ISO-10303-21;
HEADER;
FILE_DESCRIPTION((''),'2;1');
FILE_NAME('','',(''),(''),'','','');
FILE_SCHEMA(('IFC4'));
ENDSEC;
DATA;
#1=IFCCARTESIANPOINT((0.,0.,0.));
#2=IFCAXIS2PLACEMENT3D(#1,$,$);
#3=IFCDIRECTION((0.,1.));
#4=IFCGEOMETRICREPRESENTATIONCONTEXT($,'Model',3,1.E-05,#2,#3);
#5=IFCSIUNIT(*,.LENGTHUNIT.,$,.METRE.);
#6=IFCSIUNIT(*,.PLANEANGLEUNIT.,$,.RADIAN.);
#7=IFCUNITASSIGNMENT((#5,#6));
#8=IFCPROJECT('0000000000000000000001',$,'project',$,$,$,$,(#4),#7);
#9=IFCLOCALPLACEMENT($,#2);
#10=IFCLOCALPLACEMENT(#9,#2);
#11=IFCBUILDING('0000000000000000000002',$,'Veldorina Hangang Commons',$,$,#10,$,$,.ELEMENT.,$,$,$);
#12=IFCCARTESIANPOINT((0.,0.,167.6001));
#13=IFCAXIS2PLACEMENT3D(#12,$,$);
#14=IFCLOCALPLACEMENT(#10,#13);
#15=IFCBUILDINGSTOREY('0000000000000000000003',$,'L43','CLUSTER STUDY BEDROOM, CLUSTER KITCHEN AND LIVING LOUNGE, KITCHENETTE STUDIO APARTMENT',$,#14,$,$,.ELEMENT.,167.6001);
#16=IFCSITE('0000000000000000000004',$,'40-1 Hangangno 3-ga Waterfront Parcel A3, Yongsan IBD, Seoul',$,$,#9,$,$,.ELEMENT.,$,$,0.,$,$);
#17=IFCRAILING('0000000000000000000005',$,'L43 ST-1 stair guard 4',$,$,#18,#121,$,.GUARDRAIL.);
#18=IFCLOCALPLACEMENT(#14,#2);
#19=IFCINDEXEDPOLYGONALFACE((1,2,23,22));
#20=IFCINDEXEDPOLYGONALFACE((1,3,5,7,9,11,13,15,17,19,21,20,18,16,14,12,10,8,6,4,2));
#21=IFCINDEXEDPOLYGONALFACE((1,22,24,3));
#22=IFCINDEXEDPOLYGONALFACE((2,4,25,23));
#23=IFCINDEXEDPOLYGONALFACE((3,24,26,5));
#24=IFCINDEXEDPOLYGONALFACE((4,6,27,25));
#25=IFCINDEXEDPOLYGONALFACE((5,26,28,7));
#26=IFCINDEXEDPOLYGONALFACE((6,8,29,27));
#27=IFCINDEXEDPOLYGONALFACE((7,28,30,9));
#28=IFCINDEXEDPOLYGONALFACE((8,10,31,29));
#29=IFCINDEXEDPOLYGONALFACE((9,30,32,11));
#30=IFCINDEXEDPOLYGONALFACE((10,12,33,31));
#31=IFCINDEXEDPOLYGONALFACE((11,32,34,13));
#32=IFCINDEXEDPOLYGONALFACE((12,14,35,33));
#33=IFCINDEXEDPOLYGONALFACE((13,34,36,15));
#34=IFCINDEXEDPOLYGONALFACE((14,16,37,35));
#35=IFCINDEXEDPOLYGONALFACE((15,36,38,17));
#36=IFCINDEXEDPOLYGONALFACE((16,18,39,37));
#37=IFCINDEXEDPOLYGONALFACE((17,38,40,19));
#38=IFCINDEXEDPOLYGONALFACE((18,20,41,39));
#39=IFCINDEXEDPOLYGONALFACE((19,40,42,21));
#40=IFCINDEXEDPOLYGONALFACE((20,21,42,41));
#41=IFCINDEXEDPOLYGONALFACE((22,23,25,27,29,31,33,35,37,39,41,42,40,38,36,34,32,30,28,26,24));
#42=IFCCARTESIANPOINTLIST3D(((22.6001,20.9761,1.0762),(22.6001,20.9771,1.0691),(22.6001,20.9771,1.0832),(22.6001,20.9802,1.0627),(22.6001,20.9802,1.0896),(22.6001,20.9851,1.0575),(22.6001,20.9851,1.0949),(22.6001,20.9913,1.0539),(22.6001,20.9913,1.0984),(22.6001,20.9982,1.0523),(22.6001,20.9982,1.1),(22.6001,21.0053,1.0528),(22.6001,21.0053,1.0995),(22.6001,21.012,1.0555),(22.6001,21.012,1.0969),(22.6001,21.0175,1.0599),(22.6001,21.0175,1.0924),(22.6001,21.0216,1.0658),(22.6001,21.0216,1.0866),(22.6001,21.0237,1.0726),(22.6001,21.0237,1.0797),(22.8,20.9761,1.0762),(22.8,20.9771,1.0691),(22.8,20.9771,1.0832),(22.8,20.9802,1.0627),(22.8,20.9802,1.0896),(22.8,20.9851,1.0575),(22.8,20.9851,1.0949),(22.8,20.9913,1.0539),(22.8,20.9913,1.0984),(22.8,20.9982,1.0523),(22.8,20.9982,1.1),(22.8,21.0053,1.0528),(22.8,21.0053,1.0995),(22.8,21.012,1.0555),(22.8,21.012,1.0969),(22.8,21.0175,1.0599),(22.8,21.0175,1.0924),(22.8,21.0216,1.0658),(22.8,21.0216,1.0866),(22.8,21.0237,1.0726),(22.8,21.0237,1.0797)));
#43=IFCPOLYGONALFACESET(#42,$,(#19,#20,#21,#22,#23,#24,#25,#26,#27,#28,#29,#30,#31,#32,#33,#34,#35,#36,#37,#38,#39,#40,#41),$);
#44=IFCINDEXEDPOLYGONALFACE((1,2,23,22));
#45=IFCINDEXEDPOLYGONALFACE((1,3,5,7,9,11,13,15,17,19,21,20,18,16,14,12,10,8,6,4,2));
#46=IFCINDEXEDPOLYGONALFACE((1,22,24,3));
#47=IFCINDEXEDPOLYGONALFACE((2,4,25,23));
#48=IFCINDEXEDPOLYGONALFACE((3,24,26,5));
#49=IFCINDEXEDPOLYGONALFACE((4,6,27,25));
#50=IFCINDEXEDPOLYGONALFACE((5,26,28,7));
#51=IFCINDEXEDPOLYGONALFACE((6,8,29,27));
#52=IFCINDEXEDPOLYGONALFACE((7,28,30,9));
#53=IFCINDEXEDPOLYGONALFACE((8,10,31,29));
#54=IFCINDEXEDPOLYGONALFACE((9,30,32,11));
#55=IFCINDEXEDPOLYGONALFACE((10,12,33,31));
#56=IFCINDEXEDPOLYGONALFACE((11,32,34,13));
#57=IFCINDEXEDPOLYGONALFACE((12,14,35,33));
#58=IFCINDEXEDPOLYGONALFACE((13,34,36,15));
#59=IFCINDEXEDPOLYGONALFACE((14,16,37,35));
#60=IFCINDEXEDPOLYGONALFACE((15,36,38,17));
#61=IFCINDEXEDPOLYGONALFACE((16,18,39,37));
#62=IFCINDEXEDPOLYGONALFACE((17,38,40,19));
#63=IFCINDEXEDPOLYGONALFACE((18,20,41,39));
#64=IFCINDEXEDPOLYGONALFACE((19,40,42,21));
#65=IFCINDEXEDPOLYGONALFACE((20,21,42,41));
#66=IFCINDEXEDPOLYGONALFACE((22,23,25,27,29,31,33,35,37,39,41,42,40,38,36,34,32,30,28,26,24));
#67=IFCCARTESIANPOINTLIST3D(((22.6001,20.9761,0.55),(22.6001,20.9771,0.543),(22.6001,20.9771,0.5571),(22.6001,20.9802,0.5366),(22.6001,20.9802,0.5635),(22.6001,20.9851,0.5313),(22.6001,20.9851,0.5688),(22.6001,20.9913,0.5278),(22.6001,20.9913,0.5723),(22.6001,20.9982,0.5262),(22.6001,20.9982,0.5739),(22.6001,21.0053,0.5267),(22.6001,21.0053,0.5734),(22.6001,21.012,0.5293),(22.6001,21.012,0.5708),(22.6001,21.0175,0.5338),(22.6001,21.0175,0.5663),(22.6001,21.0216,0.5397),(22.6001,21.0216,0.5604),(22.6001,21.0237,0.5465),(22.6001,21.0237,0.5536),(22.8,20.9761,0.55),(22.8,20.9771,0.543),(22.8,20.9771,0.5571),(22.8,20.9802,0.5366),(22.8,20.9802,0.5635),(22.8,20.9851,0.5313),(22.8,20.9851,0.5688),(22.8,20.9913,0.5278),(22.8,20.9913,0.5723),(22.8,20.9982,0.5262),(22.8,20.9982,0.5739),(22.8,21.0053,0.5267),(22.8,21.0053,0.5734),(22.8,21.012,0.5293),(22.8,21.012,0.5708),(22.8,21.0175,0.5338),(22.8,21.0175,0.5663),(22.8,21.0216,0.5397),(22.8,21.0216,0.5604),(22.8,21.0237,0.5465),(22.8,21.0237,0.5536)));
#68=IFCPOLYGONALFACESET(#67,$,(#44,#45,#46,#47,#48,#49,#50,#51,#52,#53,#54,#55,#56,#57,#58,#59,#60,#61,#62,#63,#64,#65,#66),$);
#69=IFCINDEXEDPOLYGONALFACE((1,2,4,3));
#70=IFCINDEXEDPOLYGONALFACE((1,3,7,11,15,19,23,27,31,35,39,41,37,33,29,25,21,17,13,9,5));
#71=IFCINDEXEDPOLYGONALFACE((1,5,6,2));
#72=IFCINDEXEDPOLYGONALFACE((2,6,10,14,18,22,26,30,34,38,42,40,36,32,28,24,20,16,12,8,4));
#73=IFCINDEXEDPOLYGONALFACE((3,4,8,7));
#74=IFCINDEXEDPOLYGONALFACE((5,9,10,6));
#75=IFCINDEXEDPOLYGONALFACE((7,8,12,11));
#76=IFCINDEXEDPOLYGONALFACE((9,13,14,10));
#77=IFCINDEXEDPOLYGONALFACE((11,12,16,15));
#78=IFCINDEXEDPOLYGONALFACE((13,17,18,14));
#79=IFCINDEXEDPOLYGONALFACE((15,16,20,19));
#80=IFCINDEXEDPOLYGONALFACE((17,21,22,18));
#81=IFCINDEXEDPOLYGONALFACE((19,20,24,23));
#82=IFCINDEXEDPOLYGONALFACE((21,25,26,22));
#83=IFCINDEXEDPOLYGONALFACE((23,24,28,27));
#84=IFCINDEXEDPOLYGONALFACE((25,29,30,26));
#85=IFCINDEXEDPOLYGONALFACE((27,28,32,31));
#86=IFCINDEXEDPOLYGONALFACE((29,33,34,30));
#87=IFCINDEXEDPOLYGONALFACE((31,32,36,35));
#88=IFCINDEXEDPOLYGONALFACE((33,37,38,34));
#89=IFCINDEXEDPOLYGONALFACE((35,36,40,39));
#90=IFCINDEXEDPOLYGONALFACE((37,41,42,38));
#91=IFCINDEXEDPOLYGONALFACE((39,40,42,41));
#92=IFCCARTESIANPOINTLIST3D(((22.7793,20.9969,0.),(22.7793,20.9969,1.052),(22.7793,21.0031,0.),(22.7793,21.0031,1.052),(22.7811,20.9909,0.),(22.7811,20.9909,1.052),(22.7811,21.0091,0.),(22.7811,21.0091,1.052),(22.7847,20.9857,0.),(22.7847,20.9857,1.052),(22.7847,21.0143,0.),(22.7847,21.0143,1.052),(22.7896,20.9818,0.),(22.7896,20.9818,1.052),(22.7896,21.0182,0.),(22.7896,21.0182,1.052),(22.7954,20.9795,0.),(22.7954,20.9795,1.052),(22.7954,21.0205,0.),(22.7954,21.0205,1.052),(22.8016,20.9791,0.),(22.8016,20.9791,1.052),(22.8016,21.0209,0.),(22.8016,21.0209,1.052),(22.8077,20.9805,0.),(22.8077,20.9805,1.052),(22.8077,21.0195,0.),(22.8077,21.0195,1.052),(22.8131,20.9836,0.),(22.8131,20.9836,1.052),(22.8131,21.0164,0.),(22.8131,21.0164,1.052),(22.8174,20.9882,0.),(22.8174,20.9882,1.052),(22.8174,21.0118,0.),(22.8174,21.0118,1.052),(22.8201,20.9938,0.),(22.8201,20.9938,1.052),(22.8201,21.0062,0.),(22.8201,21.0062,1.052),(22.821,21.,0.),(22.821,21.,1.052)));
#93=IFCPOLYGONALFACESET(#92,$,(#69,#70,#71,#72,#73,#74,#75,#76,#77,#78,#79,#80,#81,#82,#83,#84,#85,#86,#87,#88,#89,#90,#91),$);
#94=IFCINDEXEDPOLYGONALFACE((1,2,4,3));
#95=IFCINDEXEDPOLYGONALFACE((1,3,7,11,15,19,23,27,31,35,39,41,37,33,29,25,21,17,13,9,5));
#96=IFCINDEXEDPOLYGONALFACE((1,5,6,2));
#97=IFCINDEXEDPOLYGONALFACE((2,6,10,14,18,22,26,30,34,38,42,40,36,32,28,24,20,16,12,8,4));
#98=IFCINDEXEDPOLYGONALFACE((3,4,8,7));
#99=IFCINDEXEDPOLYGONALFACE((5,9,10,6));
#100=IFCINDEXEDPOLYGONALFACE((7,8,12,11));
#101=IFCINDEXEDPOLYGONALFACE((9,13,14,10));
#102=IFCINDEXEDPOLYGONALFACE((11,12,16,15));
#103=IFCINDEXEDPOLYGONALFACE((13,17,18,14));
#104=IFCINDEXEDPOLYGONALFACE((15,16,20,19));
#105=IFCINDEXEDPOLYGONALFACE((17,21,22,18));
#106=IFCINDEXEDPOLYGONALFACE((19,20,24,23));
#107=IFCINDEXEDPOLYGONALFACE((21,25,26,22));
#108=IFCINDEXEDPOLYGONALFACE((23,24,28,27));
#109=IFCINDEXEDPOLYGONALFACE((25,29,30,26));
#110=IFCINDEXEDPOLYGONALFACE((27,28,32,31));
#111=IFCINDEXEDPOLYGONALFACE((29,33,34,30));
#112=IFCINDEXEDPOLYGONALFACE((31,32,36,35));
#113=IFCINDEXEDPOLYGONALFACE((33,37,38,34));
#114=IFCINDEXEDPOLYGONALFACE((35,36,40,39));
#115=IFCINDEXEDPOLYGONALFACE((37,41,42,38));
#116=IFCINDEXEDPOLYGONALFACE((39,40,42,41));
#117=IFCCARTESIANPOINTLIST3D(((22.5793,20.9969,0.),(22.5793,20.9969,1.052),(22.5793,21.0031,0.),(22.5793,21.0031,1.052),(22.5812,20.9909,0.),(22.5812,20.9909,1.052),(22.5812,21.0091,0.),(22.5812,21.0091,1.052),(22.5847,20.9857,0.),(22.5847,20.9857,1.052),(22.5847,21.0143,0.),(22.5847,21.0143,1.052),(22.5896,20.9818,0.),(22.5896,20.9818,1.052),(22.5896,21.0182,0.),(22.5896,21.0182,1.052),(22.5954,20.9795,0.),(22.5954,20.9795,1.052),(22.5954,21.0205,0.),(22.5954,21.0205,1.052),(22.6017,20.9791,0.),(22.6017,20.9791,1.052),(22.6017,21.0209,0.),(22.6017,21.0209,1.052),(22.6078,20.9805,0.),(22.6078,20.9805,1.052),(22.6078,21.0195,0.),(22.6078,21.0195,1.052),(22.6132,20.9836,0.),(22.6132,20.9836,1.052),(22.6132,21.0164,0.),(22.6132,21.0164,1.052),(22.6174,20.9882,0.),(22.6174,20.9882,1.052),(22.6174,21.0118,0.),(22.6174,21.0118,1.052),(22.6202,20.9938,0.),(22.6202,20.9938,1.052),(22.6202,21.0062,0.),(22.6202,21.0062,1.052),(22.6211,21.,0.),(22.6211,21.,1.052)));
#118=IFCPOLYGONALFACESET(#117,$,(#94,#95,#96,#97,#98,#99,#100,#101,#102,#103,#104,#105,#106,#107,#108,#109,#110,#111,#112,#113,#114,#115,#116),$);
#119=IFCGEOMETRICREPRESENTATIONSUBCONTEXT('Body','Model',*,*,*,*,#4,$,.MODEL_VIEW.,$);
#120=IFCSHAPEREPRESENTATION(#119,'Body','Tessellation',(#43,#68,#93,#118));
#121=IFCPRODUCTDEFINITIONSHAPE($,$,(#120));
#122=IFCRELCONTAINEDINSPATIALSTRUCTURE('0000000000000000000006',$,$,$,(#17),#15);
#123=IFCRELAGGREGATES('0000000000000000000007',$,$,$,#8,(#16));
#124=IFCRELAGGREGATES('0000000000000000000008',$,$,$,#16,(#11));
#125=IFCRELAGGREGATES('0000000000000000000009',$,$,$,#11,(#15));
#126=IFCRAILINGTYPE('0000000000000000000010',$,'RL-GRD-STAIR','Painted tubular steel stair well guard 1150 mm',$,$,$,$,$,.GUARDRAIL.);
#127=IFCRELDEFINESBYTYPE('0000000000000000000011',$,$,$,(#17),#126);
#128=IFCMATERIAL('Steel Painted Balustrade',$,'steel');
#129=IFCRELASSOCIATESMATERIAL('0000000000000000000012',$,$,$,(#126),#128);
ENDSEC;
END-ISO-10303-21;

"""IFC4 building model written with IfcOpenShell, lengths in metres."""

from ifc_helpers import new_model, si_unit, direction, frame, origin, origin_2d, place, context, subcontext, project, spatial, circle, extrude, material, type_object, element, save


model = new_model("IFC4")

# Units and contexts
model_context = context("Model", 3, precision=1e-05, world=origin(), true_north=direction((0.0, 1.0)))
body_context = subcontext(model_context, "Body", "Model", "MODEL_VIEW")
ifc_project = project(units=[si_unit("LENGTHUNIT", "METRE"), si_unit("PLANEANGLEUNIT", "RADIAN")], contexts=[model_context])

# Site, building, storey
site_placement = place(None, origin())
site = spatial("IfcSite", under=ifc_project, at=site_placement, Name="40-1 Hangangno 3-ga Waterfront Parcel A3, Yongsan IBD, Seoul", CompositionType="ELEMENT", RefElevation=0.0)
building_placement = place(site_placement, origin())
building = spatial("IfcBuilding", under=site, at=building_placement, Name="Veldorina Hangang Commons", CompositionType="ELEMENT")
storey_placement = place(building_placement, frame((0.0, 0.0, 167.6001)))
storey = spatial("IfcBuildingStorey", under=building, at=storey_placement, Name="L43", Description="CLUSTER STUDY BEDROOM, CLUSTER KITCHEN AND LIVING LOUNGE, KITCHENETTE STUDIO APARTMENT", CompositionType="ELEMENT", Elevation=167.6001)

# Railing
ifc_material_1 = material(Name="Steel Painted Balustrade", Category="steel")
railing_type_1 = type_object("IfcRailingType", Name="RL-GRD-STAIR", Description="Painted tubular steel stair well guard 1150 mm", PredefinedType="GUARDRAIL", material=ifc_material_1)
railing_1_placement = place(storey_placement, frame((22.8, 21.0, 0.0)))
element("IfcRailing", 1, at=railing_1_placement, inside=storey, type_object=railing_type_1, Name="L43 ST-1 stair guard 4", PredefinedType="GUARDRAIL", context=body_context, shape_type="SweptSolid", body=[
    extrude(circle(Radius=0.0239, at=origin_2d()), frame((0.0, 0.0, 1.0762), z_axis=(-1.0, 0.0, 0.0), x_axis=(0.0, -1.0, 0.0)), (0.0, 0.0, 1.0), 0.2),
    extrude(circle(Radius=0.0239, at=origin_2d()), frame((0.0, 0.0, 0.55), z_axis=(-1.0, 0.0, 0.0), x_axis=(0.0, -1.0, 0.0)), (0.0, 0.0, 1.0), 0.2),
    extrude(circle(Radius=0.021, at=origin_2d()), origin(), (0.0, 0.0, 1.0), 1.052),
    extrude(circle(Radius=0.021, at=origin_2d()), frame((-0.2, 0.0, 0.0)), (0.0, 0.0, 1.0), 1.052),
])

save(model, "model.ifc")
